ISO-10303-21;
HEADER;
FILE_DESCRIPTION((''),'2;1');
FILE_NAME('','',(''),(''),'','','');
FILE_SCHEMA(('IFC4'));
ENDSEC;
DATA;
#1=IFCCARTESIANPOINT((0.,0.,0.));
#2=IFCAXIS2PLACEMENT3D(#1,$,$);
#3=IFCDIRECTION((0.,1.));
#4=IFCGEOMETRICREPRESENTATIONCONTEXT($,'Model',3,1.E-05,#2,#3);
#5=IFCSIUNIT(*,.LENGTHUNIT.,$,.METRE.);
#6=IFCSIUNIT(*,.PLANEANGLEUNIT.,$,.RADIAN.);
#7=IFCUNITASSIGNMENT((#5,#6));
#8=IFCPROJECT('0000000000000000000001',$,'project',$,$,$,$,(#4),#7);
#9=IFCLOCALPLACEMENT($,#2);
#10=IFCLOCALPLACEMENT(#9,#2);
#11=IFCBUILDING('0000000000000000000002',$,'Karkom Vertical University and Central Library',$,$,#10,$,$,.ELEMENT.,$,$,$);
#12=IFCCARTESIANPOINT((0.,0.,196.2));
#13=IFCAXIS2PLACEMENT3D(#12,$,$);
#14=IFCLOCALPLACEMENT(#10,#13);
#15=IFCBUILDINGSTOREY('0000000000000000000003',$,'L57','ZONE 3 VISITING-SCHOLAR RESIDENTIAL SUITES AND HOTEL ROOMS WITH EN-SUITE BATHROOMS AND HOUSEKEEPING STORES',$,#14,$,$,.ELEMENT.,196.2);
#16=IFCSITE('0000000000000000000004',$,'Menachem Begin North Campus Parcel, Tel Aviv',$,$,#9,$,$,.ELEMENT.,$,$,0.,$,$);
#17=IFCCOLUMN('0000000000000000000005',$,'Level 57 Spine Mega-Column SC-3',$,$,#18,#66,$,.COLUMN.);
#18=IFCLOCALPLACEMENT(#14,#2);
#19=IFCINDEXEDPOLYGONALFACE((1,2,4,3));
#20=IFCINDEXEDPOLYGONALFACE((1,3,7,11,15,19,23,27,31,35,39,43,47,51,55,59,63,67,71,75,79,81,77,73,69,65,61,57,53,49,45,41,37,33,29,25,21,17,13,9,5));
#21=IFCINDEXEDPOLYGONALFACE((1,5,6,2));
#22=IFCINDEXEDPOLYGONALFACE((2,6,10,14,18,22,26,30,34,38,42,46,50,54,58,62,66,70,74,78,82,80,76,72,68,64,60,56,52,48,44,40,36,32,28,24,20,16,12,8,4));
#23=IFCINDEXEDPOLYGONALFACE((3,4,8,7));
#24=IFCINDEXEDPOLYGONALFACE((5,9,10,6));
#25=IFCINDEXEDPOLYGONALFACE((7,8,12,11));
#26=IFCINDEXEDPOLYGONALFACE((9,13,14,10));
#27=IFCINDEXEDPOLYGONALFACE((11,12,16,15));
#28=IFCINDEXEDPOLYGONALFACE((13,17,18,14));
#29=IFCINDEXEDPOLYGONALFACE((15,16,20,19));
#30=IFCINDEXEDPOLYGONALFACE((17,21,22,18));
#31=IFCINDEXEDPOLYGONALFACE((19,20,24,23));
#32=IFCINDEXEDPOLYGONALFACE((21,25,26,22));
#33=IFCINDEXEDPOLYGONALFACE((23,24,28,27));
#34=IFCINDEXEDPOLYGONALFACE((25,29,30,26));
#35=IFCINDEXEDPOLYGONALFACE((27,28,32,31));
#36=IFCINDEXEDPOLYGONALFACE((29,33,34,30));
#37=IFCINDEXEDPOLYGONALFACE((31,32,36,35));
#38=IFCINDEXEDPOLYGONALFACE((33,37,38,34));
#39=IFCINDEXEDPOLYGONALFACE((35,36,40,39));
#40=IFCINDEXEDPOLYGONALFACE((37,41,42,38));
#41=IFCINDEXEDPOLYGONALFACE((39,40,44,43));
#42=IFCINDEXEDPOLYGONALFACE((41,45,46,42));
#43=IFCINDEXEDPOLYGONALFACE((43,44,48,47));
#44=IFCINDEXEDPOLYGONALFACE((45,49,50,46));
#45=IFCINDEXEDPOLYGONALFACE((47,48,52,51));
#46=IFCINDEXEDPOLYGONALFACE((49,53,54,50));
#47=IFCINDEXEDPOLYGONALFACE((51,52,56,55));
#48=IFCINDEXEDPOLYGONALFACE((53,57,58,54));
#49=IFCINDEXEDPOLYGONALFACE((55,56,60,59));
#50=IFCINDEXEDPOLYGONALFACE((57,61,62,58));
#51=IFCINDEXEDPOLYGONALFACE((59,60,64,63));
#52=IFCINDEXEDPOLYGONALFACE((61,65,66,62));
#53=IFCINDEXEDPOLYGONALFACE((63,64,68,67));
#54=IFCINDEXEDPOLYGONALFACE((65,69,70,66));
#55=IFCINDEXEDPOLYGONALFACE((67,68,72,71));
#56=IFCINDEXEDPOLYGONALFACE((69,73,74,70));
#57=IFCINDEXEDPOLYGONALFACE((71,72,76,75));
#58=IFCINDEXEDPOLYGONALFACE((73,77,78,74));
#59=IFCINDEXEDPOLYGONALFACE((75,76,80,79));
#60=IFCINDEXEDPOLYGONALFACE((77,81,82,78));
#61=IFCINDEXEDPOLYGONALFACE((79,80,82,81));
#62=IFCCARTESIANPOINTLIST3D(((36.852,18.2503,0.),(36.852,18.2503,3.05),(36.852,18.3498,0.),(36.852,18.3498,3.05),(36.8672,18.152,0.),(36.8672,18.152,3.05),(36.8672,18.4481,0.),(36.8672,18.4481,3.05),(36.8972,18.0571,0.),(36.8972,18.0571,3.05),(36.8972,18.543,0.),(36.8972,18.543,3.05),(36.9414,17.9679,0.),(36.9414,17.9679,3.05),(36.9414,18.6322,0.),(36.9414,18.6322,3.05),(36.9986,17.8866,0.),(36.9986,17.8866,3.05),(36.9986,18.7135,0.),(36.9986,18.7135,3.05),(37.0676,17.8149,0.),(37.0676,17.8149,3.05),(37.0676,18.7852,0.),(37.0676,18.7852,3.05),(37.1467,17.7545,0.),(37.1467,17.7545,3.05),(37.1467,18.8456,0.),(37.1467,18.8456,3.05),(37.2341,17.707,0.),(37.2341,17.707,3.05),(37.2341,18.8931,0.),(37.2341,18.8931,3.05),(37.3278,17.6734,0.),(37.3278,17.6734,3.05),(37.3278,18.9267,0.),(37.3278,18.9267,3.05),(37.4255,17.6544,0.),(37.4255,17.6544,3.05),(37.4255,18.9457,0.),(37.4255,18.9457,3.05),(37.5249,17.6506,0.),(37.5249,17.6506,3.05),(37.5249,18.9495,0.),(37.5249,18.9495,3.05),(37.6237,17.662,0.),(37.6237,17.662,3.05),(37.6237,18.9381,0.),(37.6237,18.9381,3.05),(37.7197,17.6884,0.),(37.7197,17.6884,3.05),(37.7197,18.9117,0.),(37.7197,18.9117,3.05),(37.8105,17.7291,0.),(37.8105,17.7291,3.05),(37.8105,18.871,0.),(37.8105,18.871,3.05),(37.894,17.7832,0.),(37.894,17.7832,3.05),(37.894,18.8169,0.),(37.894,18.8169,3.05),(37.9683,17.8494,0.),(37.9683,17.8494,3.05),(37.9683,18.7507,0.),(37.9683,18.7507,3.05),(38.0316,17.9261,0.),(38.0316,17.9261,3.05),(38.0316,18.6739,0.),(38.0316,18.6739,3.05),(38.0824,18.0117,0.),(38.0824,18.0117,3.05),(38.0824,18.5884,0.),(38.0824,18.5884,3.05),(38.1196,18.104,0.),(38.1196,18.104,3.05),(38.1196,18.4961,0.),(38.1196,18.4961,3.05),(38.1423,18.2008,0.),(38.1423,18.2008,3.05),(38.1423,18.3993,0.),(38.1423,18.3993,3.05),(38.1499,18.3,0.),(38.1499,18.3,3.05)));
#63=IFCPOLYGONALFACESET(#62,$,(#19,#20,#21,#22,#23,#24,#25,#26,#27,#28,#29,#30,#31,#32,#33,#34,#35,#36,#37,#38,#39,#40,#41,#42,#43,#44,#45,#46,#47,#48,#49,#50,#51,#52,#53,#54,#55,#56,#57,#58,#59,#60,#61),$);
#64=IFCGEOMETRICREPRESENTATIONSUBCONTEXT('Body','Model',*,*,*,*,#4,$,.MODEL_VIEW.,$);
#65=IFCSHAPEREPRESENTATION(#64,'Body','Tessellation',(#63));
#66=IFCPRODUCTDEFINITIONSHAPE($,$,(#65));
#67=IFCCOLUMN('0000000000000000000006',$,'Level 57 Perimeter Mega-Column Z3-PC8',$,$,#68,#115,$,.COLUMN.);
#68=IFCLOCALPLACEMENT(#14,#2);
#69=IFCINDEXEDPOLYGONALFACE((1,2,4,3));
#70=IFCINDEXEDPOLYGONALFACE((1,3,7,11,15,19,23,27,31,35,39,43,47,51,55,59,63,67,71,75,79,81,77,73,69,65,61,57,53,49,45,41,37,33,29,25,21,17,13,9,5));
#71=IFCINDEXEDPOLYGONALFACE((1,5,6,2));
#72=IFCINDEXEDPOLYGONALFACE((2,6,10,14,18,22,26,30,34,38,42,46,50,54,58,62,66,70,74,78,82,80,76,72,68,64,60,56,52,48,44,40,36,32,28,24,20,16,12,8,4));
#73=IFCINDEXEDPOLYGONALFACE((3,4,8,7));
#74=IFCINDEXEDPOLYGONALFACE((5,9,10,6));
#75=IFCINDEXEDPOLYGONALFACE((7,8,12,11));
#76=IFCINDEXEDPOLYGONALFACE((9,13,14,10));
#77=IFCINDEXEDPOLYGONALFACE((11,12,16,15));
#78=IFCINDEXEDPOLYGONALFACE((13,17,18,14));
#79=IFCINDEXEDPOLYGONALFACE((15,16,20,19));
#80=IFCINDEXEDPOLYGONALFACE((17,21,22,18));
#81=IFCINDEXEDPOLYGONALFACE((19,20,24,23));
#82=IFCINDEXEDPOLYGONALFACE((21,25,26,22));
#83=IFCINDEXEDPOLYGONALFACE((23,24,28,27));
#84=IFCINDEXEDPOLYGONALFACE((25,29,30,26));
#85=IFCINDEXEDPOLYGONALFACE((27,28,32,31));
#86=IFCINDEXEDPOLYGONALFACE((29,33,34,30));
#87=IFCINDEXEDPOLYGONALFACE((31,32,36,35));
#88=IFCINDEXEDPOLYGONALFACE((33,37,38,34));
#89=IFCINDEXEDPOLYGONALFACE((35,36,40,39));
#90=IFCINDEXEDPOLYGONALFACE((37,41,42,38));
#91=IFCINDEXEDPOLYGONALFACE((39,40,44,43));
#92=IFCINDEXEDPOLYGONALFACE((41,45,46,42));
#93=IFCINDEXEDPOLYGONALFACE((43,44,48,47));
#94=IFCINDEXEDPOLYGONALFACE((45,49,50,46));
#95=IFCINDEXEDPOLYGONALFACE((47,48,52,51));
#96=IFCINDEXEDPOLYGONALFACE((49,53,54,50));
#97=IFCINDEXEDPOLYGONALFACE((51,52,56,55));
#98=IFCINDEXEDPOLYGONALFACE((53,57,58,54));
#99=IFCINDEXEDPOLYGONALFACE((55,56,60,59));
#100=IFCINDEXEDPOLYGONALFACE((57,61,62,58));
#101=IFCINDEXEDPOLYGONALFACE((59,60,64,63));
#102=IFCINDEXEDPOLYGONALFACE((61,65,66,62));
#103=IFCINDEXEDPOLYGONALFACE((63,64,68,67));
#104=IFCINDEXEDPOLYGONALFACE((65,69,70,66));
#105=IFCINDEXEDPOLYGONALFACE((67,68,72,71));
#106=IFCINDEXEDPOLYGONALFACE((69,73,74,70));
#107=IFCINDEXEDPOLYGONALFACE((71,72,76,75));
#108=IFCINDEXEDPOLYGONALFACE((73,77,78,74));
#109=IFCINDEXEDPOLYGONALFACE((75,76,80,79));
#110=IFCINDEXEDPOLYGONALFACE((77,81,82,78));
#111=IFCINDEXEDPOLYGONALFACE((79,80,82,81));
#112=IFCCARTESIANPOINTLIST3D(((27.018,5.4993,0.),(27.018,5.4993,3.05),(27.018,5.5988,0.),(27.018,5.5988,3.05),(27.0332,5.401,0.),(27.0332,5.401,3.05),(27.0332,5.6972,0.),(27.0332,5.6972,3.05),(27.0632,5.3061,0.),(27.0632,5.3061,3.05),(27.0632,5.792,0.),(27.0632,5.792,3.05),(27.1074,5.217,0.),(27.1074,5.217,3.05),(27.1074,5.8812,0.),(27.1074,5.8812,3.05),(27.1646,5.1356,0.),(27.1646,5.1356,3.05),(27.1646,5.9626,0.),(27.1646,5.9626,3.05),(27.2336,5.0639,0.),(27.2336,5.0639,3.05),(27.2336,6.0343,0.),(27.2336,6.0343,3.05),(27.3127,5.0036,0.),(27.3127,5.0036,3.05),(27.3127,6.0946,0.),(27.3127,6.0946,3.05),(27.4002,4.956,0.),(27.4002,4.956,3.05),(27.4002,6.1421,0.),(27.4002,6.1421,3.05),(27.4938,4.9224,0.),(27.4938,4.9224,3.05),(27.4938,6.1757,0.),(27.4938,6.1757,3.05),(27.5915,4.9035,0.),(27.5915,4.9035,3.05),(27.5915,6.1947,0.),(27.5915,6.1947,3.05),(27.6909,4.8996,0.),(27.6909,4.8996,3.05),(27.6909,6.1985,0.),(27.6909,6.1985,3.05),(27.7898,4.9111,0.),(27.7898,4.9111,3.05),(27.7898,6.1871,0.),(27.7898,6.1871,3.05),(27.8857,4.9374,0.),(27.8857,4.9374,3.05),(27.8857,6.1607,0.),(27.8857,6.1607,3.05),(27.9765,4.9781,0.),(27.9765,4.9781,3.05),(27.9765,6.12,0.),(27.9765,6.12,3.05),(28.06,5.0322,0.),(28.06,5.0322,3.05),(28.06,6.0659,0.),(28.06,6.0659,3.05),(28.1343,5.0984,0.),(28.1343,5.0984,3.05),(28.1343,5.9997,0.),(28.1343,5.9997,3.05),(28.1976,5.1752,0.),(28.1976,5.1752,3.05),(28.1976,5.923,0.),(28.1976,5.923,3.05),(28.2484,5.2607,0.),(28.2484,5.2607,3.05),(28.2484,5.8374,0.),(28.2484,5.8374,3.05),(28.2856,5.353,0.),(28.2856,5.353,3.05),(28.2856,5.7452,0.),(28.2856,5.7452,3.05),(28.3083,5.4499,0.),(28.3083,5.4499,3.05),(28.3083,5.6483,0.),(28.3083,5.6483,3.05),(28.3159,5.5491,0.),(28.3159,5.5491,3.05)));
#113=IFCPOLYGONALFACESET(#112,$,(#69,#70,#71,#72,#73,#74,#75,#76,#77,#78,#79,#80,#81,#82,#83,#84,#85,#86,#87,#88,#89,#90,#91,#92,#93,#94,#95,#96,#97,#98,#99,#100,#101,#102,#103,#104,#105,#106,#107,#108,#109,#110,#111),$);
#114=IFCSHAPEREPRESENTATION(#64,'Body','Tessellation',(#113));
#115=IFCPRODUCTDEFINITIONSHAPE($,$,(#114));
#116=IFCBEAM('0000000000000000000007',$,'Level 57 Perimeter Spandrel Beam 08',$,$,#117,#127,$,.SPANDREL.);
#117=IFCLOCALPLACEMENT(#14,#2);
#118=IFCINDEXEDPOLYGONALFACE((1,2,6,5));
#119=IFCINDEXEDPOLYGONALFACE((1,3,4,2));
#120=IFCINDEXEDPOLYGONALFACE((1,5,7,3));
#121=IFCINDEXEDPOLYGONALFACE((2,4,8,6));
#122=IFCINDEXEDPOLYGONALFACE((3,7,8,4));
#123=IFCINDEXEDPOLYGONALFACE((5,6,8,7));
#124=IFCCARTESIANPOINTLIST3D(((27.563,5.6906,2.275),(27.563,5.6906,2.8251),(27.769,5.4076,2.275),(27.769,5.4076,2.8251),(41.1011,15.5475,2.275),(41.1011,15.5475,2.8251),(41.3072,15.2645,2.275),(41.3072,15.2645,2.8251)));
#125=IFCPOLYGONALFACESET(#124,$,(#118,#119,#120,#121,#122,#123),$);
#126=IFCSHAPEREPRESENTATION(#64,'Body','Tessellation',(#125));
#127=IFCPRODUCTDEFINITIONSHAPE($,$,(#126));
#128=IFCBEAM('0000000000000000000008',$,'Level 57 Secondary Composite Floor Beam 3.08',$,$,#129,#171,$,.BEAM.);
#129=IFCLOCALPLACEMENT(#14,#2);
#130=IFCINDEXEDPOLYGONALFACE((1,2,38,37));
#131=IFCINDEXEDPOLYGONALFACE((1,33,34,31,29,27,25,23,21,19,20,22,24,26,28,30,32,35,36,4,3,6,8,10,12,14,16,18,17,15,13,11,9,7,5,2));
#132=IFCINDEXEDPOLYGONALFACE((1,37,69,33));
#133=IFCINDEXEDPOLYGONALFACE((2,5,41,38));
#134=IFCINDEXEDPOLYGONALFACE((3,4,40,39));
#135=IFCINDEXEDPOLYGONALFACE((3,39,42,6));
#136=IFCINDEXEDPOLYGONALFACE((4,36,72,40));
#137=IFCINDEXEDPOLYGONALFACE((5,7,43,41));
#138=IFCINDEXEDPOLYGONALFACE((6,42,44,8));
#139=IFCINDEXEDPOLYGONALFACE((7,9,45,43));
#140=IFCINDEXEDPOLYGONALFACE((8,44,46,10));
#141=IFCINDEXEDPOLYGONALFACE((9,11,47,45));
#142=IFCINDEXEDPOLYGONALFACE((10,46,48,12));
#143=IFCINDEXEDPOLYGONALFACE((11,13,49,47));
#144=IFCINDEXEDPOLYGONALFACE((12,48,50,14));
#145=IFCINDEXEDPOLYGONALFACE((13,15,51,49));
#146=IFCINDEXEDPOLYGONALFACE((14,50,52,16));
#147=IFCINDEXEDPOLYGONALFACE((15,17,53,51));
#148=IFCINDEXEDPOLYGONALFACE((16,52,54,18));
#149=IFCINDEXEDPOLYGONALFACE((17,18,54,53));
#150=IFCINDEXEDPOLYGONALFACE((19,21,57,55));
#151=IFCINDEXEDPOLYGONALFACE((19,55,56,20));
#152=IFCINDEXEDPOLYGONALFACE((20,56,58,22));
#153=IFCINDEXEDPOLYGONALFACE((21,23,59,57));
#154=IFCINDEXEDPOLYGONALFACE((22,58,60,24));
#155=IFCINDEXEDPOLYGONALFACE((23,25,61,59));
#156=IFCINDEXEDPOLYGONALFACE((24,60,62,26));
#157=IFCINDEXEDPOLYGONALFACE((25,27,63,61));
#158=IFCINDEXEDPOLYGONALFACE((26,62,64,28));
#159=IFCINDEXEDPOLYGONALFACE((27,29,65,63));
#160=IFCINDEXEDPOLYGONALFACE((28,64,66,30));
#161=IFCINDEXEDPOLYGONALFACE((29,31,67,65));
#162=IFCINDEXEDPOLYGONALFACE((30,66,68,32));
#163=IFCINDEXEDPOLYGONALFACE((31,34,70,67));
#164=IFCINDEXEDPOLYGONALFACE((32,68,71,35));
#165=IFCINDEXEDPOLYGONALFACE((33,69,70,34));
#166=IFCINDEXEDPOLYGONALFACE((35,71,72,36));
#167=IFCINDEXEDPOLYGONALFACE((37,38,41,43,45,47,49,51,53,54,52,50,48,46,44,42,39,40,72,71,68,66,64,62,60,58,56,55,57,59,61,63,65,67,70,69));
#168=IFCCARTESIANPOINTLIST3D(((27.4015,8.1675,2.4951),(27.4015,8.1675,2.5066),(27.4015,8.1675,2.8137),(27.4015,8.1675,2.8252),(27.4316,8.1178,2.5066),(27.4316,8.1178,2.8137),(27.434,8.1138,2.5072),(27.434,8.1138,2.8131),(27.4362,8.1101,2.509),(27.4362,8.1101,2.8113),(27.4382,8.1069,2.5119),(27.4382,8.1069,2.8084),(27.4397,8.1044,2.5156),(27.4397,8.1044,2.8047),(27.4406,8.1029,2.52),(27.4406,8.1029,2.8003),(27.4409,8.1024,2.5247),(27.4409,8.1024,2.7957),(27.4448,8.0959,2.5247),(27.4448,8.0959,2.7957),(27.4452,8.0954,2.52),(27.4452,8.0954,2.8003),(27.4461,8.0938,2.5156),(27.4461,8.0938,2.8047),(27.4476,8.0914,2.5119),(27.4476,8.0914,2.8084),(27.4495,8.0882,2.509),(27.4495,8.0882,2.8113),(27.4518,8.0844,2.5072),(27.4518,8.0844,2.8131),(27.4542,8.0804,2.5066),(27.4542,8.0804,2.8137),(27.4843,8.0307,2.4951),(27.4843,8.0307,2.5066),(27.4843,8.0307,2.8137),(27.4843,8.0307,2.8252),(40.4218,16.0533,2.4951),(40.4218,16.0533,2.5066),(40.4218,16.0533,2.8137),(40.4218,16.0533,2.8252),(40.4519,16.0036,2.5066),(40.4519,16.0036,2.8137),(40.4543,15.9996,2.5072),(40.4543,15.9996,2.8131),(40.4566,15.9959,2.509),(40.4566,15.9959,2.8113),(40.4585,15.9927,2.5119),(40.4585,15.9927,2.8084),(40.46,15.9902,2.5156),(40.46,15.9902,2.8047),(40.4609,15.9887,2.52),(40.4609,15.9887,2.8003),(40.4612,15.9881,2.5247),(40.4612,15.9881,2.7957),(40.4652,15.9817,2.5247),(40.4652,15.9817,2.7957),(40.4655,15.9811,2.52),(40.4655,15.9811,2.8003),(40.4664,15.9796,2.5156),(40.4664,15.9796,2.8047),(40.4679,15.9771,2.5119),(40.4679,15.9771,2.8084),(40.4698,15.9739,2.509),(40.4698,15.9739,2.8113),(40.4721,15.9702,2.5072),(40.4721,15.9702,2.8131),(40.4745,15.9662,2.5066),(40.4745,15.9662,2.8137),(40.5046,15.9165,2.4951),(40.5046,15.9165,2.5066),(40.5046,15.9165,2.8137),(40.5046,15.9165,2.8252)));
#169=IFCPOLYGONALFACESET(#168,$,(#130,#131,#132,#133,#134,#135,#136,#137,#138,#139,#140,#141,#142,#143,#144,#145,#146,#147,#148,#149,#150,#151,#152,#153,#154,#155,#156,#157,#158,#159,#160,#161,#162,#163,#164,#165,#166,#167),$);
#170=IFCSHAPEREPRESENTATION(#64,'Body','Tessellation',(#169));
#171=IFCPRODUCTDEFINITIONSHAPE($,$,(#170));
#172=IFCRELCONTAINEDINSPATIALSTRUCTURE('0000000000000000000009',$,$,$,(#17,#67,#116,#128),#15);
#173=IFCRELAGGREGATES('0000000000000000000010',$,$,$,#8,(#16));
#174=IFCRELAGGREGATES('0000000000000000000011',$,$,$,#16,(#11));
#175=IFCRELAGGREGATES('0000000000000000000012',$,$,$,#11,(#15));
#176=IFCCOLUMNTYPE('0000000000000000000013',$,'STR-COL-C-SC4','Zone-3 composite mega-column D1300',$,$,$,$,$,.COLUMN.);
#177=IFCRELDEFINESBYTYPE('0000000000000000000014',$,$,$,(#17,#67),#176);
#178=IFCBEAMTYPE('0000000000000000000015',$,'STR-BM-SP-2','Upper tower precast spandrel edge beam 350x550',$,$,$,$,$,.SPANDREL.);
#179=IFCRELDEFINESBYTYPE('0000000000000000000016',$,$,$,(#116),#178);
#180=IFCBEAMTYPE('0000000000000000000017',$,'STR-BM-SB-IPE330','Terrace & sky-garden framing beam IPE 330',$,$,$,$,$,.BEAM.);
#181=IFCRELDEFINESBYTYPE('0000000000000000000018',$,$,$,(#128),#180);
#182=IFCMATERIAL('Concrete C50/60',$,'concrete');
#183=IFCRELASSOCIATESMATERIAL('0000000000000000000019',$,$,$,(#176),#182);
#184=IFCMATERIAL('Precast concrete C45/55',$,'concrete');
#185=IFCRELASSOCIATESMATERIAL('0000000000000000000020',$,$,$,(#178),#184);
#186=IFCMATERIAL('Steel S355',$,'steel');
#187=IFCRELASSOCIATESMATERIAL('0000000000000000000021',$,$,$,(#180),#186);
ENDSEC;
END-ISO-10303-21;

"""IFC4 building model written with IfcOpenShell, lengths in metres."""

from ifc_helpers import new_model, si_unit, direction, frame, origin, origin_with_axes, origin_2d, place, context, subcontext, project, spatial, rectangle, circle, i_section, extrude, source, transform, mapped, material, material_profile, profile_set, type_object, element, save


model = new_model("IFC4")

# Units and contexts
model_context = context("Model", 3, precision=1e-05, world=origin(), true_north=direction((0.0, 1.0)))
body_context = subcontext(model_context, "Body", "Model", "MODEL_VIEW")
ifc_project = project(units=[si_unit("LENGTHUNIT", "METRE"), si_unit("PLANEANGLEUNIT", "RADIAN")], contexts=[model_context])

# Site, building, storey
site_placement = place(None, origin())
site = spatial("IfcSite", under=ifc_project, at=site_placement, Name="Menachem Begin North Campus Parcel, Tel Aviv", CompositionType="ELEMENT", RefElevation=0.0)
building_placement = place(site_placement, origin())
building = spatial("IfcBuilding", under=site, at=building_placement, Name="Karkom Vertical University and Central Library", CompositionType="ELEMENT")
storey_placement = place(building_placement, frame((0.0, 0.0, 196.2)))
storey = spatial("IfcBuildingStorey", under=building, at=storey_placement, Name="L57", Description="ZONE 3 VISITING-SCHOLAR RESIDENTIAL SUITES AND HOTEL ROOMS WITH EN-SUITE BATHROOMS AND HOUSEKEEPING STORES", CompositionType="ELEMENT", Elevation=196.2)

# Columns
ifc_material_1 = material(Name="Concrete C50/60", Category="concrete")
ifc_material_profile_1 = material_profile(ifc_material_1, circle(Radius=0.6499, at=origin_2d()), Name="CFT-D1300")
ifc_profile_set_1 = profile_set([ifc_material_profile_1], Name="Concrete C50/60")
column_type = type_object("IfcColumnType", Name="STR-COL-C-SC4", Description="Zone-3 composite mega-column D1300", PredefinedType="COLUMN", material=ifc_profile_set_1)
shared_shape_1 = source(origin_with_axes(), body_context, "Body", "SweptSolid", [
    extrude(circle(Radius=0.6499, at=origin_2d()), origin(), (0.0, 0.0, 1.0), 3.05),
])
for number, where, z_axis, x_axis, name in (
    (1, (37.5, 18.3, 0.0), (0.0, 0.0, 1.0), (1.0, 0.0, 0.0), "Level 57 Spine Mega-Column SC-3"),
    (2, (27.666, 5.5491, 0.0), (0.0, 0.0, 1.0), (1.0, 0.0, 0.0), "Level 57 Perimeter Mega-Column Z3-PC8"),
):
    element("IfcColumn", number, at=place(storey_placement, frame(where, z_axis=z_axis, x_axis=x_axis)), inside=storey, type_object=column_type, Name=name, PredefinedType="COLUMN", context=body_context, shape_type="MappedRepresentation", body=[
        mapped(shared_shape_1, transform((0.0, 0.0, 0.0), scale=1.0)),
    ])

# Beams
ifc_material_2 = material(Name="Precast concrete C45/55", Category="concrete")
ifc_material_profile_2 = material_profile(ifc_material_2, rectangle(XDim=0.3501, YDim=0.55, at=origin_2d()), Name="SPB-350x550")
ifc_profile_set_2 = profile_set([ifc_material_profile_2], Name="Precast concrete C45/55")
beam_type_1 = type_object("IfcBeamType", Name="STR-BM-SP-2", Description="Upper tower precast spandrel edge beam 350x550", PredefinedType="SPANDREL", material=ifc_profile_set_2)
shared_shape_2 = source(origin_with_axes(), body_context, "Body", "SweptSolid", [
    extrude(rectangle(XDim=0.3501, YDim=0.55, at=origin_2d()), origin(), (0.0, 0.0, 1.0), 16.7463),
])
beam_1_placement = place(storey_placement, frame((27.666, 5.5491, 2.55), z_axis=(0.808422, 0.588603, 0.0), x_axis=(-0.588603, 0.808422, 0.0)))
element("IfcBeam", 3, at=beam_1_placement, inside=storey, type_object=beam_type_1, Name="Level 57 Perimeter Spandrel Beam 08", PredefinedType="SPANDREL", context=body_context, shape_type="MappedRepresentation", body=[
    mapped(shared_shape_2, transform((0.0, 0.0, 0.0), scale=1.0)),
])
ifc_material_3 = material(Name="Steel S355", Category="steel")
ifc_material_profile_3 = material_profile(ifc_material_3, i_section(OverallWidth=0.1599, OverallDepth=0.3301, WebThickness=0.0076, FlangeThickness=0.0115, FilletRadius=0.0181, at=origin_2d()), Name="IPE 330")
ifc_profile_set_3 = profile_set([ifc_material_profile_3], Name="Steel S355")
beam_type_2 = type_object("IfcBeamType", Name="STR-BM-SB-IPE330", Description="Terrace & sky-garden framing beam IPE 330", PredefinedType="BEAM", material=ifc_profile_set_3)
shared_shape_3 = source(origin_with_axes(), body_context, "Body", "SweptSolid", [
    extrude(i_section(OverallWidth=0.1599, OverallDepth=0.3301, WebThickness=0.0076, FlangeThickness=0.0115, FilletRadius=0.0181, at=origin_2d()), origin(), (0.0, 0.0, 1.0), 15.2222),
])
beam_2_placement = place(storey_placement, frame((27.4429, 8.0991, 2.6602), z_axis=(0.855353, 0.518046, 0.0), x_axis=(-0.518046, 0.855353, 0.0)))
element("IfcBeam", 4, at=beam_2_placement, inside=storey, type_object=beam_type_2, Name="Level 57 Secondary Composite Floor Beam 3.08", PredefinedType="BEAM", context=body_context, shape_type="MappedRepresentation", body=[
    mapped(shared_shape_3, transform((0.0, 0.0, 0.0), scale=1.0)),
])

save(model, "model.ifc")
